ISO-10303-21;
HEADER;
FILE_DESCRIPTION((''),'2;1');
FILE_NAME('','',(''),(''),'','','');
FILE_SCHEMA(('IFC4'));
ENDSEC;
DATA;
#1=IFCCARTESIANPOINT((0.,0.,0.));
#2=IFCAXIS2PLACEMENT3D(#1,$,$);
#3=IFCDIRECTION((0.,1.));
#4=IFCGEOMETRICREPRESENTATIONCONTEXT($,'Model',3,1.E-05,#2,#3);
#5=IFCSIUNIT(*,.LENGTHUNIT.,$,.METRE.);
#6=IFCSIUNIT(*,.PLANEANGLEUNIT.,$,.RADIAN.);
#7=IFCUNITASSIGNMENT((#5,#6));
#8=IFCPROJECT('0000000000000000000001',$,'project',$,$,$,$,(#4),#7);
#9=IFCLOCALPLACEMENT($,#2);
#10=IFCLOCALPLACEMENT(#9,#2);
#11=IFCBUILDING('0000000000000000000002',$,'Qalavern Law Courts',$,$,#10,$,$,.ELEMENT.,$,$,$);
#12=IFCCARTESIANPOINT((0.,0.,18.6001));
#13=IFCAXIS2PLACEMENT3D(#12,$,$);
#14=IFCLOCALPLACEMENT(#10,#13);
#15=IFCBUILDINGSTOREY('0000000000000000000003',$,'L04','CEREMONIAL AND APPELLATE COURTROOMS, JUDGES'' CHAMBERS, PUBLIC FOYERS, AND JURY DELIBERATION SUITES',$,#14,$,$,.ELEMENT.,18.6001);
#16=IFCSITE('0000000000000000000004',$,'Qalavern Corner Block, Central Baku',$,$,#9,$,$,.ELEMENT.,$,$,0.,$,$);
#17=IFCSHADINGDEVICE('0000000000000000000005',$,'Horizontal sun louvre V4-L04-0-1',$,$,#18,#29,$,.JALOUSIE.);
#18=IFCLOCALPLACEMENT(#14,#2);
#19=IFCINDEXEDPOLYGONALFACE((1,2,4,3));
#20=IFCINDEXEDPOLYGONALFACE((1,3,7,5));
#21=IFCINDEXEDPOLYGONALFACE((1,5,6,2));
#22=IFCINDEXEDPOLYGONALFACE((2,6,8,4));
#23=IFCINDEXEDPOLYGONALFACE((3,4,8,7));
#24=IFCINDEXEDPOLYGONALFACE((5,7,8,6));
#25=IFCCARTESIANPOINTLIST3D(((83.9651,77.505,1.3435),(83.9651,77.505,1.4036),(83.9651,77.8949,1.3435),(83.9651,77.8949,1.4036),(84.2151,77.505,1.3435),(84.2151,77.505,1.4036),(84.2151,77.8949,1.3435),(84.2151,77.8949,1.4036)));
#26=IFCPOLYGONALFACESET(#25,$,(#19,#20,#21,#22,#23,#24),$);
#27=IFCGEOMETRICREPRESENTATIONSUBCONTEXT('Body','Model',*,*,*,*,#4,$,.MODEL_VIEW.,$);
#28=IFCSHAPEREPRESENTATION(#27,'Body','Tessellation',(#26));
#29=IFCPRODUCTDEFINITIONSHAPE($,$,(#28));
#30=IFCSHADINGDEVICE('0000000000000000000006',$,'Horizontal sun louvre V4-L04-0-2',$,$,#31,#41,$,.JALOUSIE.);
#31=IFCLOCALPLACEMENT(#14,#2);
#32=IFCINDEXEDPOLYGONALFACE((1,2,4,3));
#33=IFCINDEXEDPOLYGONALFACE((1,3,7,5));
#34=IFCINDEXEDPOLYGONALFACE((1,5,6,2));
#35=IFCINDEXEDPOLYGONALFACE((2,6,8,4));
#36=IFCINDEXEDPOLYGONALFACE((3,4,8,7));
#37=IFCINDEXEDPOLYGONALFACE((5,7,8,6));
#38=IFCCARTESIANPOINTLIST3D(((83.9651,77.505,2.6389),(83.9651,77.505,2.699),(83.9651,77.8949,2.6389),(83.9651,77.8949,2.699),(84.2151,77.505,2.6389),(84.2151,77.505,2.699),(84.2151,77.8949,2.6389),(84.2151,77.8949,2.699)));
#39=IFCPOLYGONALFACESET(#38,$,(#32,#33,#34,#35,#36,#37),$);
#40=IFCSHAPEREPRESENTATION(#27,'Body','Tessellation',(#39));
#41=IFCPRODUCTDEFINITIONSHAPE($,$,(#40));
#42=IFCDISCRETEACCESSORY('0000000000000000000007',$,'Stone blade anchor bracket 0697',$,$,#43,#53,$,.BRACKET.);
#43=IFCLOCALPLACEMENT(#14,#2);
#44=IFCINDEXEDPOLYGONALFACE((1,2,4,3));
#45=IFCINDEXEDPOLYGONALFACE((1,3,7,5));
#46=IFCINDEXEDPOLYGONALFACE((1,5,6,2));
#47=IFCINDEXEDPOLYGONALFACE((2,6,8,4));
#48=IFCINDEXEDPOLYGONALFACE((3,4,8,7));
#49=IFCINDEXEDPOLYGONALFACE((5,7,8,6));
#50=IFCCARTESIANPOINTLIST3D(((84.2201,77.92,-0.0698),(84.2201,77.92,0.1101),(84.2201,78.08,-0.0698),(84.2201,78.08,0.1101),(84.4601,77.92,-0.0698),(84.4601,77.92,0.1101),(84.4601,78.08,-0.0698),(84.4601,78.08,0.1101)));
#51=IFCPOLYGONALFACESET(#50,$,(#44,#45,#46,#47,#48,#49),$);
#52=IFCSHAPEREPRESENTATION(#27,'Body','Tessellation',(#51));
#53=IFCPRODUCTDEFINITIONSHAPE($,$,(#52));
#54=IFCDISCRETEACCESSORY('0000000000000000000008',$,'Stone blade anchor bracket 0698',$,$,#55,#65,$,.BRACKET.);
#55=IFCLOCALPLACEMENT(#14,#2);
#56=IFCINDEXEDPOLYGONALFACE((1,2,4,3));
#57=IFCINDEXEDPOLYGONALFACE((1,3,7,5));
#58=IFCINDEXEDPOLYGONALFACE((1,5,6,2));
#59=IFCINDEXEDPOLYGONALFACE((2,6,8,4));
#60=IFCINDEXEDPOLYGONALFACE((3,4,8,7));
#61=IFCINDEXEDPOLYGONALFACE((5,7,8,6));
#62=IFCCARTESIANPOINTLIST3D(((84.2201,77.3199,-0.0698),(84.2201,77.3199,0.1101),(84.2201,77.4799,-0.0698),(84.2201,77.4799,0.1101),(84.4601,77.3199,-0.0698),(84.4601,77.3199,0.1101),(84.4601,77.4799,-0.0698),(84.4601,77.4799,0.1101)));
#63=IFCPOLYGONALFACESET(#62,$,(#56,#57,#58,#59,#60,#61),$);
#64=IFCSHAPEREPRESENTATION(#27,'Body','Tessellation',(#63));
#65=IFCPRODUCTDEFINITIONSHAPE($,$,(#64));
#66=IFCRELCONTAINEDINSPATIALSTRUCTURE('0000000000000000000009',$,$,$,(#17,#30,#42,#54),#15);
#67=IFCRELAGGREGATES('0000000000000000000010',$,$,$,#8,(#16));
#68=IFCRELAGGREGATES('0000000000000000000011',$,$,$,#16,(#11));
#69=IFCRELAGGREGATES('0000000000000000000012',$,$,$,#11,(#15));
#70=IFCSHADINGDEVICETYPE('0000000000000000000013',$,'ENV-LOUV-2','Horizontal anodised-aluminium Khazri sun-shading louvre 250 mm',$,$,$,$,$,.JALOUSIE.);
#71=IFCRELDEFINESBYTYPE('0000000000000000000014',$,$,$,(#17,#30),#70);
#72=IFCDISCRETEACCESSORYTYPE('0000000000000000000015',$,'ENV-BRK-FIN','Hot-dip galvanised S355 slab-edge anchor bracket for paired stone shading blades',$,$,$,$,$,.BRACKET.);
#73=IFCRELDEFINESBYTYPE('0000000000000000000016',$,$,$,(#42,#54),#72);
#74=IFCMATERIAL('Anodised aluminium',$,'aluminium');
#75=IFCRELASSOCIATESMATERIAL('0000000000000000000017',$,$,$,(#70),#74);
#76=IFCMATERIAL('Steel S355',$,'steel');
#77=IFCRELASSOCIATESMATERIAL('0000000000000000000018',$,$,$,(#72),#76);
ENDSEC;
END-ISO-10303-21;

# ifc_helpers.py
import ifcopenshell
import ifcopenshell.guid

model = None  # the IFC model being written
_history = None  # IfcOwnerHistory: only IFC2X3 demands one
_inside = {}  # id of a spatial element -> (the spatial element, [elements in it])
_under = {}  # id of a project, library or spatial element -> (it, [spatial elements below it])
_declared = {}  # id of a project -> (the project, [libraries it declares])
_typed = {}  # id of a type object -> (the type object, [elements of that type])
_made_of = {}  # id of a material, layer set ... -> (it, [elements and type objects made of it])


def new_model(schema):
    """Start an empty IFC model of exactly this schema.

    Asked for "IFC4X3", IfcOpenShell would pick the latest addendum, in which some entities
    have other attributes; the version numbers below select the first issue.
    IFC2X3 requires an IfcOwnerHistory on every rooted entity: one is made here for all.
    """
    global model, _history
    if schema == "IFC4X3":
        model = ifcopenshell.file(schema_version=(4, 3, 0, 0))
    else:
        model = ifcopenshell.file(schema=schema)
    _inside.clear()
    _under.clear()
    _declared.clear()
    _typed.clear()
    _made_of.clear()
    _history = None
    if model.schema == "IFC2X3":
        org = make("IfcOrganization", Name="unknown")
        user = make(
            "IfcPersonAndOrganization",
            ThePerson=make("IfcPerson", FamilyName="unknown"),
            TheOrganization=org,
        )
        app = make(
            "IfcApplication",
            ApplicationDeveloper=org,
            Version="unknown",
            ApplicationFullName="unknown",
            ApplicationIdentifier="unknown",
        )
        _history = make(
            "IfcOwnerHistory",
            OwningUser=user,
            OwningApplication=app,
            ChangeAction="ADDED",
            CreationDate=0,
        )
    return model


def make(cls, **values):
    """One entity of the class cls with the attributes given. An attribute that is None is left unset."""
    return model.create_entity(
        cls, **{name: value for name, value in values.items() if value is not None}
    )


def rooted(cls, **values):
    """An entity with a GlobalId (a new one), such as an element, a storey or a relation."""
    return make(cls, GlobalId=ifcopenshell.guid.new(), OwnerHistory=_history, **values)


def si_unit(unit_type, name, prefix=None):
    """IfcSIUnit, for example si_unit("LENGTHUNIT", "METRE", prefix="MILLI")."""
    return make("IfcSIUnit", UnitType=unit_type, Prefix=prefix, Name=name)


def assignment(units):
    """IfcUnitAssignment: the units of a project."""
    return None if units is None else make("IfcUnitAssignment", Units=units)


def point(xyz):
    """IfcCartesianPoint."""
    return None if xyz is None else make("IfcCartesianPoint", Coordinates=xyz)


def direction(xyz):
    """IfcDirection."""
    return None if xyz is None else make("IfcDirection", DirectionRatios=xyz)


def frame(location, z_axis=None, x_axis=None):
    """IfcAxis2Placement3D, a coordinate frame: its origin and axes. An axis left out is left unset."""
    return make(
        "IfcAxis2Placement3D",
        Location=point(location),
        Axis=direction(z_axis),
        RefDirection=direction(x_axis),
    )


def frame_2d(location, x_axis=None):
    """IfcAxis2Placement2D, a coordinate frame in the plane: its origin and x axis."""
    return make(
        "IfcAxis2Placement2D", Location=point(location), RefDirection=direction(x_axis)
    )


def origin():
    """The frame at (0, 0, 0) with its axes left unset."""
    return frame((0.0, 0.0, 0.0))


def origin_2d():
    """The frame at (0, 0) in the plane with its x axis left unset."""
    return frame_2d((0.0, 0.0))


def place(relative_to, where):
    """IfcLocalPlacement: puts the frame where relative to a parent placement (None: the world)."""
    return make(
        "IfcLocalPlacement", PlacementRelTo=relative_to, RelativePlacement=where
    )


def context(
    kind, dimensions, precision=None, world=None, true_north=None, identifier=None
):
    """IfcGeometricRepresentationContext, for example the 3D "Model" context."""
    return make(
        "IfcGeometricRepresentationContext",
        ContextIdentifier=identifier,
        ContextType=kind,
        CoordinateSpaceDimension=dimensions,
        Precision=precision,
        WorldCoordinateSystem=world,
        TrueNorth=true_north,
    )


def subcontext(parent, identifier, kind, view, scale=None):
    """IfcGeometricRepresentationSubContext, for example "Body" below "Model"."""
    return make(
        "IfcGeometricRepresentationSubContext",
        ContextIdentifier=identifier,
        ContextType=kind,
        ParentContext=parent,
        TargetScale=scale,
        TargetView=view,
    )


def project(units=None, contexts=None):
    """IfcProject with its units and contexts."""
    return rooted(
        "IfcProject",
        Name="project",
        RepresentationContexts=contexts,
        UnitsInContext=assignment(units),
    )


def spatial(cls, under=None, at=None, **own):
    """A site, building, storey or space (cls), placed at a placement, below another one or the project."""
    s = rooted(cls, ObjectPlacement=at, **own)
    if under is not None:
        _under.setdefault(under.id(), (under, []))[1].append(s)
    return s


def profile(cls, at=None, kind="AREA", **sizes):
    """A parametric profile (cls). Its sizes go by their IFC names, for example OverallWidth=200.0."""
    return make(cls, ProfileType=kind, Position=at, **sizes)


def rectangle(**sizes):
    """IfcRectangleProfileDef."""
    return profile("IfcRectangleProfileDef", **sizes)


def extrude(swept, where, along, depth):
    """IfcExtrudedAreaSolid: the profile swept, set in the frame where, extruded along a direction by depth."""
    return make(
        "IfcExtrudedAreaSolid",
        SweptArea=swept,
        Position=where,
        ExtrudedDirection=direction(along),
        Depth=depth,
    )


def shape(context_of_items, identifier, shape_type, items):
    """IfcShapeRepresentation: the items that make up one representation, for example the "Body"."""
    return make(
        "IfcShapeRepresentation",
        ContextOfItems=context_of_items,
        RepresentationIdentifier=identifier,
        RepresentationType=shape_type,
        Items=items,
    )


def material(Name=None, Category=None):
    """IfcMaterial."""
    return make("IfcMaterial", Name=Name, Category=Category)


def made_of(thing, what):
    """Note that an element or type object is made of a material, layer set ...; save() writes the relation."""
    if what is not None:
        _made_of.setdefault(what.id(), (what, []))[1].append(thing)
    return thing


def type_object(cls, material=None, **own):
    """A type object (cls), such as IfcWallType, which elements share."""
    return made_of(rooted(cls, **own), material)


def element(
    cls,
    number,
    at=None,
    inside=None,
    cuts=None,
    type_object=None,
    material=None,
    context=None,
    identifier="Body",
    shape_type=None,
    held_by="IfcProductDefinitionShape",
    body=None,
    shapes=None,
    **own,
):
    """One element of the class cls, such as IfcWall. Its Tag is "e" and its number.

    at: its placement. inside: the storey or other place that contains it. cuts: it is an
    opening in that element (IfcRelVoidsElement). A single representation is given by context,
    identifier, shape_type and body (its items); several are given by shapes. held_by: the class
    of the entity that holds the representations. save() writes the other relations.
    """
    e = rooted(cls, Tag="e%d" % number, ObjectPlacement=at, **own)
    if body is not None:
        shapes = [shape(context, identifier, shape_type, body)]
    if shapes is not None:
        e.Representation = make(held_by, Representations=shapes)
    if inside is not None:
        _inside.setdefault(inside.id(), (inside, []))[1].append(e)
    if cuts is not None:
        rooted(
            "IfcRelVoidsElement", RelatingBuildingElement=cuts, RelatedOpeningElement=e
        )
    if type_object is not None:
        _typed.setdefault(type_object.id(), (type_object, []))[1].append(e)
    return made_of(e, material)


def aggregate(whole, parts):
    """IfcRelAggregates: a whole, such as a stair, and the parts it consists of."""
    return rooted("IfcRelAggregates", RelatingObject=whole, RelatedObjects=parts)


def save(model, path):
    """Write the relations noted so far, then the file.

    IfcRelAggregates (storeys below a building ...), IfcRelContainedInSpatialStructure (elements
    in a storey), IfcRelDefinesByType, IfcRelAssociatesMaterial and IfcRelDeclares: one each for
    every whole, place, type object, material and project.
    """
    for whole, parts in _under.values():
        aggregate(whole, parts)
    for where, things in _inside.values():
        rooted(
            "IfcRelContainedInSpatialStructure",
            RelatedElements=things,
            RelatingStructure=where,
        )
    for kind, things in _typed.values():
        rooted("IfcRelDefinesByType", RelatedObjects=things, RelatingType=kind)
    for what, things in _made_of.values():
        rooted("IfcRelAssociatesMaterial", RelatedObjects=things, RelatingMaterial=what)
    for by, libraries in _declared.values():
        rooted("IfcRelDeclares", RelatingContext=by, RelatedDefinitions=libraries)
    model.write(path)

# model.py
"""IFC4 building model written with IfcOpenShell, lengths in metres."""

from ifc_helpers import new_model, si_unit, direction, frame, origin, origin_2d, place, context, subcontext, project, spatial, rectangle, extrude, material, type_object, element, save


model = new_model("IFC4")

# Units and contexts
model_context = context("Model", 3, precision=1e-05, world=origin(), true_north=direction((0.0, 1.0)))
body_context = subcontext(model_context, "Body", "Model", "MODEL_VIEW")
ifc_project = project(units=[si_unit("LENGTHUNIT", "METRE"), si_unit("PLANEANGLEUNIT", "RADIAN")], contexts=[model_context])

# Site, building, storey
site_placement = place(None, origin())
site = spatial("IfcSite", under=ifc_project, at=site_placement, Name="Qalavern Corner Block, Central Baku", CompositionType="ELEMENT", RefElevation=0.0)
building_placement = place(site_placement, origin())
building = spatial("IfcBuilding", under=site, at=building_placement, Name="Qalavern Law Courts", CompositionType="ELEMENT")
storey_placement = place(building_placement, frame((0.0, 0.0, 18.6001)))
storey = spatial("IfcBuildingStorey", under=building, at=storey_placement, Name="L04", Description="CEREMONIAL AND APPELLATE COURTROOMS, JUDGES' CHAMBERS, PUBLIC FOYERS, AND JURY DELIBERATION SUITES", CompositionType="ELEMENT", Elevation=18.6001)

# Shared definitions
ifc_material_1 = material(Name="Anodised aluminium", Category="aluminium")

# Shared definitions
ifc_material_2 = material(Name="Steel S355", Category="steel")

# Shading devices
shading_device_type = type_object("IfcShadingDeviceType", Name="ENV-LOUV-2", Description="Horizontal anodised-aluminium Khazri sun-shading louvre 250 mm", PredefinedType="JALOUSIE", material=ifc_material_1)
for number, where, z_axis, x_axis, name in (
    (1, (84.0901, 77.7, 1.3435), (0.0, 0.0, 1.0), (0.0, -1.0, 0.0), "Horizontal sun louvre V4-L04-0-1"),
    (2, (84.0901, 77.7, 2.6389), (0.0, 0.0, 1.0), (0.0, -1.0, 0.0), "Horizontal sun louvre V4-L04-0-2"),
):
    element("IfcShadingDevice", number, at=place(storey_placement, frame(where, z_axis=z_axis, x_axis=x_axis)), inside=storey, type_object=shading_device_type, Name=name, PredefinedType="JALOUSIE", context=body_context, shape_type="SweptSolid", body=[
        extrude(rectangle(XDim=0.3899, YDim=0.25, at=origin_2d()), origin(), (0.0, 0.0, 1.0), 0.0601),
    ])

# Discrete accessories
discrete_accessory_type = type_object("IfcDiscreteAccessoryType", Name="ENV-BRK-FIN", Description="Hot-dip galvanised S355 slab-edge anchor bracket for paired stone shading blades", PredefinedType="BRACKET", material=ifc_material_2)
for number, where, z_axis, x_axis, name in (
    (3, (84.3401, 78.0, -0.0698), (0.0, 0.0, 1.0), (-1.0, 0.0, 0.0), "Stone blade anchor bracket 0697"),
    (4, (84.3401, 77.3999, -0.0698), (0.0, 0.0, 1.0), (-1.0, 0.0, 0.0), "Stone blade anchor bracket 0698"),
):
    element("IfcDiscreteAccessory", number, at=place(storey_placement, frame(where, z_axis=z_axis, x_axis=x_axis)), inside=storey, type_object=discrete_accessory_type, Name=name, PredefinedType="BRACKET", context=body_context, shape_type="SweptSolid", body=[
        extrude(rectangle(XDim=0.24, YDim=0.1599, at=origin_2d()), origin(), (0.0, 0.0, 1.0), 0.1799),
    ])

save(model, "model.ifc")
